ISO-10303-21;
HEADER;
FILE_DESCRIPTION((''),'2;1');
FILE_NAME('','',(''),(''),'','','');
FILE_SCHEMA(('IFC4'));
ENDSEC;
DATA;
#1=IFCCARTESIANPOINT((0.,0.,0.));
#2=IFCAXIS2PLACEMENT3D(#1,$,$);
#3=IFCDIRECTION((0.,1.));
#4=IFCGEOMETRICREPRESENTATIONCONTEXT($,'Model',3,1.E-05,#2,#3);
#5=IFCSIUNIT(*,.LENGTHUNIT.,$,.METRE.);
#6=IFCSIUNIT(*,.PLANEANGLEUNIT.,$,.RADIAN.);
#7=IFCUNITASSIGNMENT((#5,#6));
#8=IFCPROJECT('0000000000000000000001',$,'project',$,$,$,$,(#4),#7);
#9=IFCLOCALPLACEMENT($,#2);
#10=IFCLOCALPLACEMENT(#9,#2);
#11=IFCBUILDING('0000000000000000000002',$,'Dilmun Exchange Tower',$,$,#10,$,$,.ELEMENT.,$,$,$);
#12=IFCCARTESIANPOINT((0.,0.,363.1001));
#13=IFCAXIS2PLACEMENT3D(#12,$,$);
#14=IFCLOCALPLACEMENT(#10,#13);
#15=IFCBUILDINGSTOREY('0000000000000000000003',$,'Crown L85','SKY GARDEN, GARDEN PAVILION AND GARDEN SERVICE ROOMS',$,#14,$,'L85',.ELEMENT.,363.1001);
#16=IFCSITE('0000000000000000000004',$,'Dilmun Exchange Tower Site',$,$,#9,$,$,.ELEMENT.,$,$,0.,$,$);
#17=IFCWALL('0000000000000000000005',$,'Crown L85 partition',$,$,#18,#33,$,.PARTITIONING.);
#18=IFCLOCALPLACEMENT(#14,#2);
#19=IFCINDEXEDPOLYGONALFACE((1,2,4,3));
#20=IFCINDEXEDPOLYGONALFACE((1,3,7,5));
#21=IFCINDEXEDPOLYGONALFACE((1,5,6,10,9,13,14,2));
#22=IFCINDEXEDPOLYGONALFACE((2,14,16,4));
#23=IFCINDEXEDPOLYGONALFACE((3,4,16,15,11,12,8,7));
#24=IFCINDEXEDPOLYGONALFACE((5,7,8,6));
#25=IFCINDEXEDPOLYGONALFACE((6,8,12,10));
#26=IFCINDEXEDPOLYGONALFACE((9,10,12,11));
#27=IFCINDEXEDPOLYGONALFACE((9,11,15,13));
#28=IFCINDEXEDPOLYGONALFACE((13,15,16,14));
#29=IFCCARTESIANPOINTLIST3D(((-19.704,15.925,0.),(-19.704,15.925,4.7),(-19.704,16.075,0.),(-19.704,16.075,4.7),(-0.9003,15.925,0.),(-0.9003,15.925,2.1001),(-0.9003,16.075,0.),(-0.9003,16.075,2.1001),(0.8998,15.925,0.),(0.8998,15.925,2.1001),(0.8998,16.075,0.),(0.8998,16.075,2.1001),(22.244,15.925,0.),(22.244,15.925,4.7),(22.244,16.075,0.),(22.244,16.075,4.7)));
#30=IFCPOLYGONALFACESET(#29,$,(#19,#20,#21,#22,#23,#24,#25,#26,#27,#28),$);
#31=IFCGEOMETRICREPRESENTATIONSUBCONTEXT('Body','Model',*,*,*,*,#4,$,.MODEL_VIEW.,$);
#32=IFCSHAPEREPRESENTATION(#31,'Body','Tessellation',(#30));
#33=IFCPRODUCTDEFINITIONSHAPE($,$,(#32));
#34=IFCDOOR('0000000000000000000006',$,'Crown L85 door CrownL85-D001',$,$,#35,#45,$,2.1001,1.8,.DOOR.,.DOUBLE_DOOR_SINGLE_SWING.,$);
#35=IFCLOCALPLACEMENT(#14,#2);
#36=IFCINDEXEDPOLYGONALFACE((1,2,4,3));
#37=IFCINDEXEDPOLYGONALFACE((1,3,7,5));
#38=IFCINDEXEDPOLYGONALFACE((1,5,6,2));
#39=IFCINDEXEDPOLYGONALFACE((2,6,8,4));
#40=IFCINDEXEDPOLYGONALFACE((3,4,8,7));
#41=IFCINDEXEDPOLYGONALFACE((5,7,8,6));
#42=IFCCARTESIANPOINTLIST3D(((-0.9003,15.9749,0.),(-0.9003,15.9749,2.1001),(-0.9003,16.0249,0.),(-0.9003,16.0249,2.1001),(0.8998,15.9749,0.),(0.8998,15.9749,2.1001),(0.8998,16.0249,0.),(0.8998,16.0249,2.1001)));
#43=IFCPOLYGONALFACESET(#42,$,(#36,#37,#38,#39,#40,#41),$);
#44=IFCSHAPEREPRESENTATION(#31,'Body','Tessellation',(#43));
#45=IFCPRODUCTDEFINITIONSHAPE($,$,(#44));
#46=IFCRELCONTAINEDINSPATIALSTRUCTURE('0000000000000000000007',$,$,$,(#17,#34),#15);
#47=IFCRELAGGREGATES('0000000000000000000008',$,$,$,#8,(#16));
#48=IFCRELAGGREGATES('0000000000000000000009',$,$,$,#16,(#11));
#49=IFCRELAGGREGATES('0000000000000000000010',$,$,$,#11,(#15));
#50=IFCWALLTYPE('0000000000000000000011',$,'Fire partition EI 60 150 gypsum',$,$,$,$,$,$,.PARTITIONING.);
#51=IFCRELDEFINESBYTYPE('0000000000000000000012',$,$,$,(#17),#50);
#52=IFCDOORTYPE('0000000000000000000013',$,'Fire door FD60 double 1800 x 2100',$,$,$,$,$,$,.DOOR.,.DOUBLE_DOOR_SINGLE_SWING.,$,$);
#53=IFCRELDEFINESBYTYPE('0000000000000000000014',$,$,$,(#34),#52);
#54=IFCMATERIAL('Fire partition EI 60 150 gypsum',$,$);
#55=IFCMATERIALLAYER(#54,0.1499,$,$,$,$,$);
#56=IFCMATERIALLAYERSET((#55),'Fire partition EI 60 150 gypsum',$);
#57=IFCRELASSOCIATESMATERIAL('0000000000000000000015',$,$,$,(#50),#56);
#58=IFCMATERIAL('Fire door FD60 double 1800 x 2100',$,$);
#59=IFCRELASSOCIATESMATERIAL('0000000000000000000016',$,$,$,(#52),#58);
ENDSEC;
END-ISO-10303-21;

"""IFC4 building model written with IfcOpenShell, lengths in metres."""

from ifc_helpers import new_model, si_unit, direction, frame, frame_2d, origin, place, context, subcontext, project, spatial, rectangle, extrude, material, layer, layer_set, type_object, element, fill, save


model = new_model("IFC4")

# Units and contexts
model_context = context("Model", 3, precision=1e-05, world=origin(), true_north=direction((0.0, 1.0)))
body_context = subcontext(model_context, "Body", "Model", "MODEL_VIEW")
ifc_project = project(units=[si_unit("LENGTHUNIT", "METRE"), si_unit("PLANEANGLEUNIT", "RADIAN")], contexts=[model_context])

# Site, building, storey
site_placement = place(None, origin())
site = spatial("IfcSite", under=ifc_project, at=site_placement, Name="Dilmun Exchange Tower Site", CompositionType="ELEMENT", RefElevation=0.0)
building_placement = place(site_placement, origin())
building = spatial("IfcBuilding", under=site, at=building_placement, Name="Dilmun Exchange Tower", CompositionType="ELEMENT")
storey_placement = place(building_placement, frame((0.0, 0.0, 363.1001)))
storey = spatial("IfcBuildingStorey", under=building, at=storey_placement, Name="Crown L85", Description="SKY GARDEN, GARDEN PAVILION AND GARDEN SERVICE ROOMS", LongName="L85", CompositionType="ELEMENT", Elevation=363.1001)

# Wall, opening, door
ifc_material_1 = material(Name="Fire partition EI 60 150 gypsum")
ifc_layer_1 = layer(ifc_material_1, 0.1499)
ifc_layer_set_1 = layer_set([ifc_layer_1], Name="Fire partition EI 60 150 gypsum")
wall_type = type_object("IfcWallType", Name="Fire partition EI 60 150 gypsum", PredefinedType="PARTITIONING", material=ifc_layer_set_1)
wall_placement = place(storey_placement, frame((-19.7041, 16.0, 0.0), z_axis=(0.0, 0.0, 1.0), x_axis=(1.0, 0.0, 0.0)))
wall = element("IfcWall", 1, at=wall_placement, inside=storey, type_object=wall_type, Name="Crown L85 partition", PredefinedType="PARTITIONING", context=body_context, shape_type="SweptSolid", body=[
    extrude(rectangle(XDim=41.948, YDim=0.1499, at=frame_2d((20.9741, 0.0))), origin(), (0.0, 0.0, 1.0), 4.7),
])
opening_placement = place(wall_placement, frame((18.804, 0.0, 0.0)))
opening = element("IfcOpeningElement", 2, at=opening_placement, cuts=wall, PredefinedType="OPENING", context=body_context, shape_type="SweptSolid", body=[
    extrude(rectangle(XDim=1.8, YDim=2.1001, at=frame_2d((0.8999, 1.05))), frame((0.0, 0.085, 0.0), z_axis=(0.0, -1.0, 0.0), x_axis=(1.0, 0.0, 0.0)), (0.0, 0.0, 1.0), 0.1699),
])
ifc_material_2 = material(Name="Fire door FD60 double 1800 x 2100")
door_type = type_object("IfcDoorType", Name="Fire door FD60 double 1800 x 2100", OperationType="DOUBLE_DOOR_SINGLE_SWING", PredefinedType="DOOR", material=ifc_material_2)
door_placement = place(opening_placement, origin())
door = element("IfcDoor", 3, at=door_placement, inside=storey, type_object=door_type, Name="Crown L85 door CrownL85-D001", OperationType="DOUBLE_DOOR_SINGLE_SWING", OverallHeight=2.1001, OverallWidth=1.8, PredefinedType="DOOR", context=body_context, shape_type="SweptSolid", body=[
    extrude(rectangle(XDim=1.8, YDim=2.1001, at=frame_2d((0.8999, 1.05))), frame((0.0, 0.0249, 0.0), z_axis=(0.0, -1.0, 0.0), x_axis=(1.0, 0.0, 0.0)), (0.0, 0.0, 1.0), 0.05),
])
fill(opening, door)

save(model, "model.ifc")
